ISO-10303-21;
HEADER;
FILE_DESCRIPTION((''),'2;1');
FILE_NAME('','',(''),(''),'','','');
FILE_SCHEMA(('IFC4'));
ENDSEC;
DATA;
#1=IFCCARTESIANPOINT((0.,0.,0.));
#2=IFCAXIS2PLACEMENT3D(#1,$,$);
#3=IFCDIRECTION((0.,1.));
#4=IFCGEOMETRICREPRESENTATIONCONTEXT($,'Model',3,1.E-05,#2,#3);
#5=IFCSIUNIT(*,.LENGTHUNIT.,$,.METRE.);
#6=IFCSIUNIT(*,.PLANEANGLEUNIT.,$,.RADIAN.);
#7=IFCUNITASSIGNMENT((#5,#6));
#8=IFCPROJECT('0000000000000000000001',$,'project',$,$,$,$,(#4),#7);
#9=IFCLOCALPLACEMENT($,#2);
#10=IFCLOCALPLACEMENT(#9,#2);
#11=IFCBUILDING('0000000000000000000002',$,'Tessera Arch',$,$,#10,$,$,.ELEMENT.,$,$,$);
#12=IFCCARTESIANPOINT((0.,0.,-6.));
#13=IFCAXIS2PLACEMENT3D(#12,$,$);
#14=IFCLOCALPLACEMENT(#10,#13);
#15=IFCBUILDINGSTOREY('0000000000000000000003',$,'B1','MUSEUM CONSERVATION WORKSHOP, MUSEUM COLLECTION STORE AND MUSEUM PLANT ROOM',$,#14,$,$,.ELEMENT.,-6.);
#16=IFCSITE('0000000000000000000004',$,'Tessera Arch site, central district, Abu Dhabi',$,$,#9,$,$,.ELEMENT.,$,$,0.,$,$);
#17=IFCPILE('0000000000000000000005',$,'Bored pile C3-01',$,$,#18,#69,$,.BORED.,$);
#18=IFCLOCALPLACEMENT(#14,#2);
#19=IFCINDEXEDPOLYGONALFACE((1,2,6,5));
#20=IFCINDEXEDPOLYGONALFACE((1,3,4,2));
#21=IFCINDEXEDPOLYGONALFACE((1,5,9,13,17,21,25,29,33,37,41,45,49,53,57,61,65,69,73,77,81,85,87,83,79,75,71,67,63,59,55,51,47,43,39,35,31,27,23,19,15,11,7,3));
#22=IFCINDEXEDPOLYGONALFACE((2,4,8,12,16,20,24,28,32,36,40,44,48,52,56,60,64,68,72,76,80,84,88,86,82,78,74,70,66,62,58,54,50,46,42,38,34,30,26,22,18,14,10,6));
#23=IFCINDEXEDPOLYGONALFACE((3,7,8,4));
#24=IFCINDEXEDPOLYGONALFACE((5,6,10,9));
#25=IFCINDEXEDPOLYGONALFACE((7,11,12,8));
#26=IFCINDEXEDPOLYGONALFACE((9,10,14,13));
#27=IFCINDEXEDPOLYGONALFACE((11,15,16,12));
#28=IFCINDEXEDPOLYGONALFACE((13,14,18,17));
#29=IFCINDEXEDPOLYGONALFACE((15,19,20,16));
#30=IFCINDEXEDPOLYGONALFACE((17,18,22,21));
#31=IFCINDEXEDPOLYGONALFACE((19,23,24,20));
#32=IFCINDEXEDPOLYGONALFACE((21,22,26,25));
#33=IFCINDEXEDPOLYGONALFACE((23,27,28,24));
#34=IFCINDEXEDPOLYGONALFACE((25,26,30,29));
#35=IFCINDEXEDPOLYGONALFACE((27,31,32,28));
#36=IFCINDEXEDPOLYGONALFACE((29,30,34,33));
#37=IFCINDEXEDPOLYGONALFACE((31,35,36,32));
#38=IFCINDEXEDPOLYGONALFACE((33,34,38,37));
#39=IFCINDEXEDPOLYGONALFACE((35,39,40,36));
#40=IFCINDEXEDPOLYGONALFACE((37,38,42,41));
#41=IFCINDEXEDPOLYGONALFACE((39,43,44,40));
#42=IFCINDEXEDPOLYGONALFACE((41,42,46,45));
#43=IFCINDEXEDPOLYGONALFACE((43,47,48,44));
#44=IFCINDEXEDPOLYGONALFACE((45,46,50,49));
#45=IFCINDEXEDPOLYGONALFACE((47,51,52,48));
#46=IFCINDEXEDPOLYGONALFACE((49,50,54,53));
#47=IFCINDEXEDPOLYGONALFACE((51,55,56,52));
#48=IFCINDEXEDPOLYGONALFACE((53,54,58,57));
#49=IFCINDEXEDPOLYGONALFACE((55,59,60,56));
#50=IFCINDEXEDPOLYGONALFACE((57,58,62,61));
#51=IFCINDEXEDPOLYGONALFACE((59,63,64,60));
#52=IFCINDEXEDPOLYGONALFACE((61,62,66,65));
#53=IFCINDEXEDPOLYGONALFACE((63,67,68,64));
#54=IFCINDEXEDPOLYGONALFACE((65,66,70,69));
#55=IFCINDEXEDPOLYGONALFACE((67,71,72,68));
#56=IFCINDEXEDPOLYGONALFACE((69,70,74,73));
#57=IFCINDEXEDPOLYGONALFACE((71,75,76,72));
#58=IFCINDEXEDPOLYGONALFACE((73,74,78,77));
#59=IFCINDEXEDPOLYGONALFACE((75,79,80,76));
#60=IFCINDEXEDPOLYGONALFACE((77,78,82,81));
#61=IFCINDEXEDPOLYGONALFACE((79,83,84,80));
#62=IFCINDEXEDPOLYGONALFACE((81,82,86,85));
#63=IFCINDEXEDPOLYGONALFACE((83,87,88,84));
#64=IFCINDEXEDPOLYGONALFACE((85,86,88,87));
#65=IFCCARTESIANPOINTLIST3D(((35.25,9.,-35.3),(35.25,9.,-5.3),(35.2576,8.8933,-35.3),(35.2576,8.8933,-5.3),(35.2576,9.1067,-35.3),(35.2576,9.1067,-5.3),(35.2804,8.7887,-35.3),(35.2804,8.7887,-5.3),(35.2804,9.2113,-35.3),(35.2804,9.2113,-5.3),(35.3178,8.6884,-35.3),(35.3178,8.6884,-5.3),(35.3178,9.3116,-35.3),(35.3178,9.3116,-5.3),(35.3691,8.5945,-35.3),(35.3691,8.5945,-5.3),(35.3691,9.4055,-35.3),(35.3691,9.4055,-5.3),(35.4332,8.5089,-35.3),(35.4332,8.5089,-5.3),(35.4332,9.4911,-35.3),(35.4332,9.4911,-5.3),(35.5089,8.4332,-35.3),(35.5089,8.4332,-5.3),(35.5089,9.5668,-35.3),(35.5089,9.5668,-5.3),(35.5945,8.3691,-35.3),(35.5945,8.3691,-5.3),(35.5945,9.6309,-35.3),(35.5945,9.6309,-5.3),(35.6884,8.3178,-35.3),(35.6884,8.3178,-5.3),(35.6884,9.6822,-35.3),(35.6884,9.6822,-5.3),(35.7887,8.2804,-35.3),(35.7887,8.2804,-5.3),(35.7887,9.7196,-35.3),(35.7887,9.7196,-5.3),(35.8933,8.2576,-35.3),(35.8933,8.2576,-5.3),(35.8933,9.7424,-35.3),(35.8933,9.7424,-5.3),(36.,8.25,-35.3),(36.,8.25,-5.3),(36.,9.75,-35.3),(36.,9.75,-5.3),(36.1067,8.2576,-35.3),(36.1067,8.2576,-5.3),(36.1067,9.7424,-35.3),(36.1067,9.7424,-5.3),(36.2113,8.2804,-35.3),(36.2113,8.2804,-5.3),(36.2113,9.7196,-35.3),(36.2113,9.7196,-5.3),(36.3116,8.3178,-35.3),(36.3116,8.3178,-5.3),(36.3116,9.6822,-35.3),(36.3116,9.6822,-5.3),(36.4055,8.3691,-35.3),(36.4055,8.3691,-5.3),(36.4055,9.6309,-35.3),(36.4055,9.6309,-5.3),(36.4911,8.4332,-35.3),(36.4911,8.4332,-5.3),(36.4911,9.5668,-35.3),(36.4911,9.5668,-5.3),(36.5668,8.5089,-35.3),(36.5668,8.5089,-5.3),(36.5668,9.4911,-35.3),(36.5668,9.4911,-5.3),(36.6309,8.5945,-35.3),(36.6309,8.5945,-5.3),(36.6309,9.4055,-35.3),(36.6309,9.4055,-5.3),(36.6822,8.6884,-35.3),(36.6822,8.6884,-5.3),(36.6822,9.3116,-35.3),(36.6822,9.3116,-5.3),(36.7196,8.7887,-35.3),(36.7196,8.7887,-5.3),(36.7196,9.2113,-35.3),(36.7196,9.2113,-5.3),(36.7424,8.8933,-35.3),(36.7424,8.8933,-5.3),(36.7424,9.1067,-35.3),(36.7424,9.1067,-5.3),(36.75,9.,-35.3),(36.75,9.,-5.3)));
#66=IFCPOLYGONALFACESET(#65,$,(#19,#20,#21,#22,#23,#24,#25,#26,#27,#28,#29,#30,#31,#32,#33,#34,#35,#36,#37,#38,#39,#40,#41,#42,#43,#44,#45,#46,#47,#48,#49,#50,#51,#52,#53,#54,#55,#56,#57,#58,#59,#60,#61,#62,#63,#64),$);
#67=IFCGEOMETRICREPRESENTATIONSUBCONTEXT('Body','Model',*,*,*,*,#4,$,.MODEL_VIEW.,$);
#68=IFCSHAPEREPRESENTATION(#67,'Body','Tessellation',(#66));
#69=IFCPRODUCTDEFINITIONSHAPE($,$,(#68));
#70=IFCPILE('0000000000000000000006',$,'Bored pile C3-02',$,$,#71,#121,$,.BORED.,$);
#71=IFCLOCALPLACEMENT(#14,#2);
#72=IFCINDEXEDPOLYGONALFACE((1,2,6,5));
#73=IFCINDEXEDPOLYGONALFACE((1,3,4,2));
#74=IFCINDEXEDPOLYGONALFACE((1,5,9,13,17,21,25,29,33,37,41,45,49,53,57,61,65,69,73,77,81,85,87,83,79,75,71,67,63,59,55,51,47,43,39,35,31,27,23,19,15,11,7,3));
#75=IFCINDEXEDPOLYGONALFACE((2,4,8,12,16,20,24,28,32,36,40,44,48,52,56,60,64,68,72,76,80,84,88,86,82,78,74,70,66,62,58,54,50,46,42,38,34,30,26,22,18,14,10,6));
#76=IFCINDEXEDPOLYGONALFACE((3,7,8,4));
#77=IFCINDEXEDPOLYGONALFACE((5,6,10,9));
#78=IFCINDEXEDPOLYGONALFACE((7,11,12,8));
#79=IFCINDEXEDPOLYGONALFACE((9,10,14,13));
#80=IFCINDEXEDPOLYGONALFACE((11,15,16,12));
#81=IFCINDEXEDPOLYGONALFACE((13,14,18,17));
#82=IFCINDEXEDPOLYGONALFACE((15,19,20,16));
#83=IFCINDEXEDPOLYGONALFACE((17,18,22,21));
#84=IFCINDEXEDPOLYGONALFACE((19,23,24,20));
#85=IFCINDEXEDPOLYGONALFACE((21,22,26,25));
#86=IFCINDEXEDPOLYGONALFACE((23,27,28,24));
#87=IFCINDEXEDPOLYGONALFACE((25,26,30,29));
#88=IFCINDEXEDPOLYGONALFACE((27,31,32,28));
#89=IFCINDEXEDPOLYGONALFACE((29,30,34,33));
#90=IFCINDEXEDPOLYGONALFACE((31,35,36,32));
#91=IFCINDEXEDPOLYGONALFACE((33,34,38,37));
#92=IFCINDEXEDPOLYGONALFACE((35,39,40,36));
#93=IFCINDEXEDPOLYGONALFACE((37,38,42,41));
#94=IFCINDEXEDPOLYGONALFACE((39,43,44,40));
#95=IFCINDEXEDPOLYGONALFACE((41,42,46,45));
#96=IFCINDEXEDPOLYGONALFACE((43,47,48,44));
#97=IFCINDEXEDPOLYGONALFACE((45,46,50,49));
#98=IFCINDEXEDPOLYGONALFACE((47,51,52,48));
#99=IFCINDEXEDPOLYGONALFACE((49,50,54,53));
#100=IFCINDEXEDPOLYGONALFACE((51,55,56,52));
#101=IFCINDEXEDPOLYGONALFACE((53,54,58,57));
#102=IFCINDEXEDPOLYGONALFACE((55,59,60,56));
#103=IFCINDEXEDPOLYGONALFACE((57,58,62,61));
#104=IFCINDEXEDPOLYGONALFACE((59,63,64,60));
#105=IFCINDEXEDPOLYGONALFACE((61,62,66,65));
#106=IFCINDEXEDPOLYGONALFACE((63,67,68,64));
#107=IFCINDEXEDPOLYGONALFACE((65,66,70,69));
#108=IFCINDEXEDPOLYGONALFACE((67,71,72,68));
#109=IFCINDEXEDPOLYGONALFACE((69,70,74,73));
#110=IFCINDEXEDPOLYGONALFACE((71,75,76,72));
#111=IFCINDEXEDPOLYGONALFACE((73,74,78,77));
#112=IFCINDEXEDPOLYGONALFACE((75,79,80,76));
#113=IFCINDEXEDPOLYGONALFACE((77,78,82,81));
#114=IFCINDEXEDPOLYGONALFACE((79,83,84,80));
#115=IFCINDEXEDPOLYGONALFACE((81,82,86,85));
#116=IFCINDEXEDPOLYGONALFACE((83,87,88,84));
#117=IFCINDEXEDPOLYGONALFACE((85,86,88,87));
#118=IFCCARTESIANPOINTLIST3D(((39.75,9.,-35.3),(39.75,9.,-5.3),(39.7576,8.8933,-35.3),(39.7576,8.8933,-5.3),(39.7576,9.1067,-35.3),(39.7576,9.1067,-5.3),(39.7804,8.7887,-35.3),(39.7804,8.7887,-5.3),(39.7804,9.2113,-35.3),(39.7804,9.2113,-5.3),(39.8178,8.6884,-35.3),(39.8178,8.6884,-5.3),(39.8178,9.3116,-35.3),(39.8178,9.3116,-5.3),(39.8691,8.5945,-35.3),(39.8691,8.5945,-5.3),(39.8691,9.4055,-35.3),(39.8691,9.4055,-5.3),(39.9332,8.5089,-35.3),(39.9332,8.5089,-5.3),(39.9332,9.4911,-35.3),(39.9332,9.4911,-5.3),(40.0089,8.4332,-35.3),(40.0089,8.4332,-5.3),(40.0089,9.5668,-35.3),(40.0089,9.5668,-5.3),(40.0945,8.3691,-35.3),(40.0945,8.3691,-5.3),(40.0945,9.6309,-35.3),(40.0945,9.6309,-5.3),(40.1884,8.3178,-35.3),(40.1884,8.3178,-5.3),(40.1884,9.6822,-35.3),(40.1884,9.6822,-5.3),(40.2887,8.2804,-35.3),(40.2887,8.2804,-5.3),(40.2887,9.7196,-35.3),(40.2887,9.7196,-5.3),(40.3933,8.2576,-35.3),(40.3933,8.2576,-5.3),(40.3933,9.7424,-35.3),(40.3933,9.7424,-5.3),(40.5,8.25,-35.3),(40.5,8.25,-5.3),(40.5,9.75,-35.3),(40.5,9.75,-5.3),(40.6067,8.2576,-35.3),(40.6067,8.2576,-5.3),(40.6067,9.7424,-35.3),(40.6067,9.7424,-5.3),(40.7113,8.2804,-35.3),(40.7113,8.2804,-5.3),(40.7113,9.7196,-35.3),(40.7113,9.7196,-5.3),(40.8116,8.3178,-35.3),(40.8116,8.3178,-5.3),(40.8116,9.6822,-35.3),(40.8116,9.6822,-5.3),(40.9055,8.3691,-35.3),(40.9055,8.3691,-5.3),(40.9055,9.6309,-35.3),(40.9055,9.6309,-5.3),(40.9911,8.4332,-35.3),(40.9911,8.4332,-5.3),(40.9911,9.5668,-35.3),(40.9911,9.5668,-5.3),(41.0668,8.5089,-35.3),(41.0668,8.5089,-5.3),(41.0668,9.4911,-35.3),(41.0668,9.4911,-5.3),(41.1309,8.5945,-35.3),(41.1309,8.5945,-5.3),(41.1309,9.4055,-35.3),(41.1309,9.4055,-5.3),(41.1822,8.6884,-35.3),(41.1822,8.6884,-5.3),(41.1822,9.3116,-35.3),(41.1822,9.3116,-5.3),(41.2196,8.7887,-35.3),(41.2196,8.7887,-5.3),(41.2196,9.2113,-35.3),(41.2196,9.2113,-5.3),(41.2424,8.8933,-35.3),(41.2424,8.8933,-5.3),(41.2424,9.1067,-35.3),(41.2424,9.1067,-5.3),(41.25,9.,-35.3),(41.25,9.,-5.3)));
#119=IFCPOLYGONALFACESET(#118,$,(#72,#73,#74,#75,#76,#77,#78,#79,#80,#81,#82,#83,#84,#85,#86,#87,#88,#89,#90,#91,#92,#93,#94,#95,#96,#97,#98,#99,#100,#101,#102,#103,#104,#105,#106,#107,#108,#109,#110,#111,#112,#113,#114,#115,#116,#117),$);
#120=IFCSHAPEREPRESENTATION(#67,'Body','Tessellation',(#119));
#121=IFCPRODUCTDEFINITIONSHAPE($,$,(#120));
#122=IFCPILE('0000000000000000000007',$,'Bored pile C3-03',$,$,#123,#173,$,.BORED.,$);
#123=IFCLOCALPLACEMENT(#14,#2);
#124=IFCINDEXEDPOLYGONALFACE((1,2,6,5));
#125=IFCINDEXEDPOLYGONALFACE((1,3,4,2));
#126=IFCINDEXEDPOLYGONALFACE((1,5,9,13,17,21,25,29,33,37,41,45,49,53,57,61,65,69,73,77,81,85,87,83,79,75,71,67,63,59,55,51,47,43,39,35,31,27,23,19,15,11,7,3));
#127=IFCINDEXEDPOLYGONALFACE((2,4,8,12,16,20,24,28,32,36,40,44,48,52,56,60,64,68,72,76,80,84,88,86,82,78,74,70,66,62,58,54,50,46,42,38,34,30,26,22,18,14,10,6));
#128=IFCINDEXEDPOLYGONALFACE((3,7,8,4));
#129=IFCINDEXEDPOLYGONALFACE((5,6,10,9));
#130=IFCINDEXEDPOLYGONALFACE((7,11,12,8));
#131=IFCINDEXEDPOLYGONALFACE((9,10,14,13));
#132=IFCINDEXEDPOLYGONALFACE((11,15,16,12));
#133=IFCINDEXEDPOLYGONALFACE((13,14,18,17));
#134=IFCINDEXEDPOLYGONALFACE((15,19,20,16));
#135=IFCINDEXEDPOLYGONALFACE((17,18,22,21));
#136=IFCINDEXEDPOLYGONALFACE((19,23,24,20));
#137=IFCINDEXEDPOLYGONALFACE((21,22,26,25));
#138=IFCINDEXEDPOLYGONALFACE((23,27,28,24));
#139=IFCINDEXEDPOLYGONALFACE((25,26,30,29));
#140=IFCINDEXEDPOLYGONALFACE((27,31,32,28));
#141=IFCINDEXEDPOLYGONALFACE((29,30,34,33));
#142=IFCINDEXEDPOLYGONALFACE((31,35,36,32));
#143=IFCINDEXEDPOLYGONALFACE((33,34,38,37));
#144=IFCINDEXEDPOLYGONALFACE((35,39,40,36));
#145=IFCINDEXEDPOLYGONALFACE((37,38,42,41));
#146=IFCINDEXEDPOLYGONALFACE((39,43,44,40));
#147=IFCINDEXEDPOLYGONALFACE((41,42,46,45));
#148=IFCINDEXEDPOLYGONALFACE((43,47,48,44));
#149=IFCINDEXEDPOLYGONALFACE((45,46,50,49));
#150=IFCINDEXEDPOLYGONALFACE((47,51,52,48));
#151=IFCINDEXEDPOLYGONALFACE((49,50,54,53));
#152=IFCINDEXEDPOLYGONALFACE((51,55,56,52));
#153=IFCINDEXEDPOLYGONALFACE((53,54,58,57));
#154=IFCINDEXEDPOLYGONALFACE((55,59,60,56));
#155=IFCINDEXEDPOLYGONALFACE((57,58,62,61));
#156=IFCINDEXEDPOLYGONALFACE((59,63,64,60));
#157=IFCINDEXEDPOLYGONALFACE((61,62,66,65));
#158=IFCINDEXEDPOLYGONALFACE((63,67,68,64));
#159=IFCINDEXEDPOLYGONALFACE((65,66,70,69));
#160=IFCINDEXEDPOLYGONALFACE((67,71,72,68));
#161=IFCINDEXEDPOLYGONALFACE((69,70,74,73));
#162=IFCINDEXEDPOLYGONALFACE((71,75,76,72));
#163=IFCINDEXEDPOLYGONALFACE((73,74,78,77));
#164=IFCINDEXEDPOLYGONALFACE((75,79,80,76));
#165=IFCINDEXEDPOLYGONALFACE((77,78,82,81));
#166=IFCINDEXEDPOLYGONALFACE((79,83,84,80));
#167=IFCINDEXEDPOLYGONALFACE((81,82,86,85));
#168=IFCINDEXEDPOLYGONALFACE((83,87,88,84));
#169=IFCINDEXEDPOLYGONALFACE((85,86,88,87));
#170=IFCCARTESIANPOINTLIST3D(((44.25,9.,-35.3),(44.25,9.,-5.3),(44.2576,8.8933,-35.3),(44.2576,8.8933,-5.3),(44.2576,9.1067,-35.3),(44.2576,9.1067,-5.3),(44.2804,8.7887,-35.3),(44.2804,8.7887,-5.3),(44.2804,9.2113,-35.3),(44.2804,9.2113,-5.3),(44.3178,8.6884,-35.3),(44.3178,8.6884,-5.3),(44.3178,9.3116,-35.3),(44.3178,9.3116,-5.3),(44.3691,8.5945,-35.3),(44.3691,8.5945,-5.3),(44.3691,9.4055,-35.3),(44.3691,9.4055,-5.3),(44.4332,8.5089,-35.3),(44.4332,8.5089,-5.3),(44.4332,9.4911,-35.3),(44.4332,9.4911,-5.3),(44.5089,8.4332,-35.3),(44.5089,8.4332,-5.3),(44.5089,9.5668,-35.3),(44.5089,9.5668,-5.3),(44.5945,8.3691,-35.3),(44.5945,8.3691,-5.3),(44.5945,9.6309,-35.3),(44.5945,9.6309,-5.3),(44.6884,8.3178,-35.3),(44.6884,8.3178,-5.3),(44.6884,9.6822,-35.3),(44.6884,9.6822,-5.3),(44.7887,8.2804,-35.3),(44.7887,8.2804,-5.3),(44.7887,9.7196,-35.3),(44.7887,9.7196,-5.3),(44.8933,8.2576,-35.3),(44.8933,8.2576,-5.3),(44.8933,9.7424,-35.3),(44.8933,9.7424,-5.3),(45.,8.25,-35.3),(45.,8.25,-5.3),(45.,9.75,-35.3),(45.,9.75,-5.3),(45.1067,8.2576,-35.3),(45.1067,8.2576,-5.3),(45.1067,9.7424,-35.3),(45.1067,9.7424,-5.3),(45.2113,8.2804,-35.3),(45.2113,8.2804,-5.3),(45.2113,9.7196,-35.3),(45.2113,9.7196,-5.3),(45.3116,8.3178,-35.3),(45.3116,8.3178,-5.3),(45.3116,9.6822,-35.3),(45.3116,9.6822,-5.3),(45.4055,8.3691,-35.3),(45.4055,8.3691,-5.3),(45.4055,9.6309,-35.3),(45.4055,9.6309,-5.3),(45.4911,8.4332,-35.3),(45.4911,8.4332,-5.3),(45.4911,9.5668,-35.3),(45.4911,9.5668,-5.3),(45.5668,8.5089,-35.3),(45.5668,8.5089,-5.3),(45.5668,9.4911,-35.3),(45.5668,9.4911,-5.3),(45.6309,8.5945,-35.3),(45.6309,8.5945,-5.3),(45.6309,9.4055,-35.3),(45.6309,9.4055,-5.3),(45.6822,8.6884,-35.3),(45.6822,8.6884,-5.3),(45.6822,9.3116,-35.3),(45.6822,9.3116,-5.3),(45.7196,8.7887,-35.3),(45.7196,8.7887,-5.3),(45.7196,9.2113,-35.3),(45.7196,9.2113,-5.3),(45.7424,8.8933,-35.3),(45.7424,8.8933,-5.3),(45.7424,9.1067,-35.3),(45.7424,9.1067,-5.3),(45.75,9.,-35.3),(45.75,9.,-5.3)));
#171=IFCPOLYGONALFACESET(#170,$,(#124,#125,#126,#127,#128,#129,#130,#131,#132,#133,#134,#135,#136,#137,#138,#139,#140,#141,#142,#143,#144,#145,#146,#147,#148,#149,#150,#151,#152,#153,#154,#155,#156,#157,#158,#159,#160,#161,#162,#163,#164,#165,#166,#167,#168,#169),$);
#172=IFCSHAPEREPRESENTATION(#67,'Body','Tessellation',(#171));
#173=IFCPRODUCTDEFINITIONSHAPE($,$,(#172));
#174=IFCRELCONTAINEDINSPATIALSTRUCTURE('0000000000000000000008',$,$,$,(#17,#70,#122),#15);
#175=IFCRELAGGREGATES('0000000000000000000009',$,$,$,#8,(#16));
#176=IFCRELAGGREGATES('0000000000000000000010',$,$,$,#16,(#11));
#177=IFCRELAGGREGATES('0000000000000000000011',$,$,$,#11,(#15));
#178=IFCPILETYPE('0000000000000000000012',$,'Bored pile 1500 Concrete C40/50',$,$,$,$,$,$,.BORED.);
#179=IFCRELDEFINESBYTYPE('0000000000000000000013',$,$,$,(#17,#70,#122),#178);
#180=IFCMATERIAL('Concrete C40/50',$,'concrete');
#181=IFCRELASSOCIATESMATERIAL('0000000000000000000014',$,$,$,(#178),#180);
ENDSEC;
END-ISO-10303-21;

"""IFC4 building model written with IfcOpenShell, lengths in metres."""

from ifc_helpers import new_model, si_unit, direction, frame, origin, origin_2d, place, context, subcontext, project, spatial, circle, extrude, material, type_object, element, save


model = new_model("IFC4")

# Units and contexts
model_context = context("Model", 3, precision=1e-05, world=origin(), true_north=direction((0.0, 1.0)))
body_context = subcontext(model_context, "Body", "Model", "MODEL_VIEW")
ifc_project = project(units=[si_unit("LENGTHUNIT", "METRE"), si_unit("PLANEANGLEUNIT", "RADIAN")], contexts=[model_context])

# Site, building, storey
site_placement = place(None, origin())
site = spatial("IfcSite", under=ifc_project, at=site_placement, Name="Tessera Arch site, central district, Abu Dhabi", CompositionType="ELEMENT", RefElevation=0.0)
building_placement = place(site_placement, origin())
building = spatial("IfcBuilding", under=site, at=building_placement, Name="Tessera Arch", CompositionType="ELEMENT")
storey_placement = place(building_placement, frame((0.0, 0.0, -6.0)))
storey = spatial("IfcBuildingStorey", under=building, at=storey_placement, Name="B1", Description="MUSEUM CONSERVATION WORKSHOP, MUSEUM COLLECTION STORE AND MUSEUM PLANT ROOM", CompositionType="ELEMENT", Elevation=-6.0)

# Piles
ifc_material_1 = material(Name="Concrete C40/50", Category="concrete")
pile_type = type_object("IfcPileType", Name="Bored pile 1500 Concrete C40/50", PredefinedType="BORED", material=ifc_material_1)
for number, where, z_axis, x_axis, name in (
    (1, (36.0, 9.0, -5.3), (0.0, 0.0, -1.0), (1.0, 0.0, 0.0), "Bored pile C3-01"),
    (2, (40.5, 9.0, -5.3), (0.0, 0.0, -1.0), (1.0, 0.0, 0.0), "Bored pile C3-02"),
    (3, (45.0, 9.0, -5.3), (0.0, 0.0, -1.0), (1.0, 0.0, 0.0), "Bored pile C3-03"),
):
    element("IfcPile", number, at=place(storey_placement, frame(where, z_axis=z_axis, x_axis=x_axis)), inside=storey, type_object=pile_type, Name=name, PredefinedType="BORED", context=body_context, shape_type="SweptSolid", body=[
        extrude(circle(Radius=0.75, at=origin_2d()), origin(), (0.0, 0.0, 1.0), 30.0),
    ])

save(model, "model.ifc")
